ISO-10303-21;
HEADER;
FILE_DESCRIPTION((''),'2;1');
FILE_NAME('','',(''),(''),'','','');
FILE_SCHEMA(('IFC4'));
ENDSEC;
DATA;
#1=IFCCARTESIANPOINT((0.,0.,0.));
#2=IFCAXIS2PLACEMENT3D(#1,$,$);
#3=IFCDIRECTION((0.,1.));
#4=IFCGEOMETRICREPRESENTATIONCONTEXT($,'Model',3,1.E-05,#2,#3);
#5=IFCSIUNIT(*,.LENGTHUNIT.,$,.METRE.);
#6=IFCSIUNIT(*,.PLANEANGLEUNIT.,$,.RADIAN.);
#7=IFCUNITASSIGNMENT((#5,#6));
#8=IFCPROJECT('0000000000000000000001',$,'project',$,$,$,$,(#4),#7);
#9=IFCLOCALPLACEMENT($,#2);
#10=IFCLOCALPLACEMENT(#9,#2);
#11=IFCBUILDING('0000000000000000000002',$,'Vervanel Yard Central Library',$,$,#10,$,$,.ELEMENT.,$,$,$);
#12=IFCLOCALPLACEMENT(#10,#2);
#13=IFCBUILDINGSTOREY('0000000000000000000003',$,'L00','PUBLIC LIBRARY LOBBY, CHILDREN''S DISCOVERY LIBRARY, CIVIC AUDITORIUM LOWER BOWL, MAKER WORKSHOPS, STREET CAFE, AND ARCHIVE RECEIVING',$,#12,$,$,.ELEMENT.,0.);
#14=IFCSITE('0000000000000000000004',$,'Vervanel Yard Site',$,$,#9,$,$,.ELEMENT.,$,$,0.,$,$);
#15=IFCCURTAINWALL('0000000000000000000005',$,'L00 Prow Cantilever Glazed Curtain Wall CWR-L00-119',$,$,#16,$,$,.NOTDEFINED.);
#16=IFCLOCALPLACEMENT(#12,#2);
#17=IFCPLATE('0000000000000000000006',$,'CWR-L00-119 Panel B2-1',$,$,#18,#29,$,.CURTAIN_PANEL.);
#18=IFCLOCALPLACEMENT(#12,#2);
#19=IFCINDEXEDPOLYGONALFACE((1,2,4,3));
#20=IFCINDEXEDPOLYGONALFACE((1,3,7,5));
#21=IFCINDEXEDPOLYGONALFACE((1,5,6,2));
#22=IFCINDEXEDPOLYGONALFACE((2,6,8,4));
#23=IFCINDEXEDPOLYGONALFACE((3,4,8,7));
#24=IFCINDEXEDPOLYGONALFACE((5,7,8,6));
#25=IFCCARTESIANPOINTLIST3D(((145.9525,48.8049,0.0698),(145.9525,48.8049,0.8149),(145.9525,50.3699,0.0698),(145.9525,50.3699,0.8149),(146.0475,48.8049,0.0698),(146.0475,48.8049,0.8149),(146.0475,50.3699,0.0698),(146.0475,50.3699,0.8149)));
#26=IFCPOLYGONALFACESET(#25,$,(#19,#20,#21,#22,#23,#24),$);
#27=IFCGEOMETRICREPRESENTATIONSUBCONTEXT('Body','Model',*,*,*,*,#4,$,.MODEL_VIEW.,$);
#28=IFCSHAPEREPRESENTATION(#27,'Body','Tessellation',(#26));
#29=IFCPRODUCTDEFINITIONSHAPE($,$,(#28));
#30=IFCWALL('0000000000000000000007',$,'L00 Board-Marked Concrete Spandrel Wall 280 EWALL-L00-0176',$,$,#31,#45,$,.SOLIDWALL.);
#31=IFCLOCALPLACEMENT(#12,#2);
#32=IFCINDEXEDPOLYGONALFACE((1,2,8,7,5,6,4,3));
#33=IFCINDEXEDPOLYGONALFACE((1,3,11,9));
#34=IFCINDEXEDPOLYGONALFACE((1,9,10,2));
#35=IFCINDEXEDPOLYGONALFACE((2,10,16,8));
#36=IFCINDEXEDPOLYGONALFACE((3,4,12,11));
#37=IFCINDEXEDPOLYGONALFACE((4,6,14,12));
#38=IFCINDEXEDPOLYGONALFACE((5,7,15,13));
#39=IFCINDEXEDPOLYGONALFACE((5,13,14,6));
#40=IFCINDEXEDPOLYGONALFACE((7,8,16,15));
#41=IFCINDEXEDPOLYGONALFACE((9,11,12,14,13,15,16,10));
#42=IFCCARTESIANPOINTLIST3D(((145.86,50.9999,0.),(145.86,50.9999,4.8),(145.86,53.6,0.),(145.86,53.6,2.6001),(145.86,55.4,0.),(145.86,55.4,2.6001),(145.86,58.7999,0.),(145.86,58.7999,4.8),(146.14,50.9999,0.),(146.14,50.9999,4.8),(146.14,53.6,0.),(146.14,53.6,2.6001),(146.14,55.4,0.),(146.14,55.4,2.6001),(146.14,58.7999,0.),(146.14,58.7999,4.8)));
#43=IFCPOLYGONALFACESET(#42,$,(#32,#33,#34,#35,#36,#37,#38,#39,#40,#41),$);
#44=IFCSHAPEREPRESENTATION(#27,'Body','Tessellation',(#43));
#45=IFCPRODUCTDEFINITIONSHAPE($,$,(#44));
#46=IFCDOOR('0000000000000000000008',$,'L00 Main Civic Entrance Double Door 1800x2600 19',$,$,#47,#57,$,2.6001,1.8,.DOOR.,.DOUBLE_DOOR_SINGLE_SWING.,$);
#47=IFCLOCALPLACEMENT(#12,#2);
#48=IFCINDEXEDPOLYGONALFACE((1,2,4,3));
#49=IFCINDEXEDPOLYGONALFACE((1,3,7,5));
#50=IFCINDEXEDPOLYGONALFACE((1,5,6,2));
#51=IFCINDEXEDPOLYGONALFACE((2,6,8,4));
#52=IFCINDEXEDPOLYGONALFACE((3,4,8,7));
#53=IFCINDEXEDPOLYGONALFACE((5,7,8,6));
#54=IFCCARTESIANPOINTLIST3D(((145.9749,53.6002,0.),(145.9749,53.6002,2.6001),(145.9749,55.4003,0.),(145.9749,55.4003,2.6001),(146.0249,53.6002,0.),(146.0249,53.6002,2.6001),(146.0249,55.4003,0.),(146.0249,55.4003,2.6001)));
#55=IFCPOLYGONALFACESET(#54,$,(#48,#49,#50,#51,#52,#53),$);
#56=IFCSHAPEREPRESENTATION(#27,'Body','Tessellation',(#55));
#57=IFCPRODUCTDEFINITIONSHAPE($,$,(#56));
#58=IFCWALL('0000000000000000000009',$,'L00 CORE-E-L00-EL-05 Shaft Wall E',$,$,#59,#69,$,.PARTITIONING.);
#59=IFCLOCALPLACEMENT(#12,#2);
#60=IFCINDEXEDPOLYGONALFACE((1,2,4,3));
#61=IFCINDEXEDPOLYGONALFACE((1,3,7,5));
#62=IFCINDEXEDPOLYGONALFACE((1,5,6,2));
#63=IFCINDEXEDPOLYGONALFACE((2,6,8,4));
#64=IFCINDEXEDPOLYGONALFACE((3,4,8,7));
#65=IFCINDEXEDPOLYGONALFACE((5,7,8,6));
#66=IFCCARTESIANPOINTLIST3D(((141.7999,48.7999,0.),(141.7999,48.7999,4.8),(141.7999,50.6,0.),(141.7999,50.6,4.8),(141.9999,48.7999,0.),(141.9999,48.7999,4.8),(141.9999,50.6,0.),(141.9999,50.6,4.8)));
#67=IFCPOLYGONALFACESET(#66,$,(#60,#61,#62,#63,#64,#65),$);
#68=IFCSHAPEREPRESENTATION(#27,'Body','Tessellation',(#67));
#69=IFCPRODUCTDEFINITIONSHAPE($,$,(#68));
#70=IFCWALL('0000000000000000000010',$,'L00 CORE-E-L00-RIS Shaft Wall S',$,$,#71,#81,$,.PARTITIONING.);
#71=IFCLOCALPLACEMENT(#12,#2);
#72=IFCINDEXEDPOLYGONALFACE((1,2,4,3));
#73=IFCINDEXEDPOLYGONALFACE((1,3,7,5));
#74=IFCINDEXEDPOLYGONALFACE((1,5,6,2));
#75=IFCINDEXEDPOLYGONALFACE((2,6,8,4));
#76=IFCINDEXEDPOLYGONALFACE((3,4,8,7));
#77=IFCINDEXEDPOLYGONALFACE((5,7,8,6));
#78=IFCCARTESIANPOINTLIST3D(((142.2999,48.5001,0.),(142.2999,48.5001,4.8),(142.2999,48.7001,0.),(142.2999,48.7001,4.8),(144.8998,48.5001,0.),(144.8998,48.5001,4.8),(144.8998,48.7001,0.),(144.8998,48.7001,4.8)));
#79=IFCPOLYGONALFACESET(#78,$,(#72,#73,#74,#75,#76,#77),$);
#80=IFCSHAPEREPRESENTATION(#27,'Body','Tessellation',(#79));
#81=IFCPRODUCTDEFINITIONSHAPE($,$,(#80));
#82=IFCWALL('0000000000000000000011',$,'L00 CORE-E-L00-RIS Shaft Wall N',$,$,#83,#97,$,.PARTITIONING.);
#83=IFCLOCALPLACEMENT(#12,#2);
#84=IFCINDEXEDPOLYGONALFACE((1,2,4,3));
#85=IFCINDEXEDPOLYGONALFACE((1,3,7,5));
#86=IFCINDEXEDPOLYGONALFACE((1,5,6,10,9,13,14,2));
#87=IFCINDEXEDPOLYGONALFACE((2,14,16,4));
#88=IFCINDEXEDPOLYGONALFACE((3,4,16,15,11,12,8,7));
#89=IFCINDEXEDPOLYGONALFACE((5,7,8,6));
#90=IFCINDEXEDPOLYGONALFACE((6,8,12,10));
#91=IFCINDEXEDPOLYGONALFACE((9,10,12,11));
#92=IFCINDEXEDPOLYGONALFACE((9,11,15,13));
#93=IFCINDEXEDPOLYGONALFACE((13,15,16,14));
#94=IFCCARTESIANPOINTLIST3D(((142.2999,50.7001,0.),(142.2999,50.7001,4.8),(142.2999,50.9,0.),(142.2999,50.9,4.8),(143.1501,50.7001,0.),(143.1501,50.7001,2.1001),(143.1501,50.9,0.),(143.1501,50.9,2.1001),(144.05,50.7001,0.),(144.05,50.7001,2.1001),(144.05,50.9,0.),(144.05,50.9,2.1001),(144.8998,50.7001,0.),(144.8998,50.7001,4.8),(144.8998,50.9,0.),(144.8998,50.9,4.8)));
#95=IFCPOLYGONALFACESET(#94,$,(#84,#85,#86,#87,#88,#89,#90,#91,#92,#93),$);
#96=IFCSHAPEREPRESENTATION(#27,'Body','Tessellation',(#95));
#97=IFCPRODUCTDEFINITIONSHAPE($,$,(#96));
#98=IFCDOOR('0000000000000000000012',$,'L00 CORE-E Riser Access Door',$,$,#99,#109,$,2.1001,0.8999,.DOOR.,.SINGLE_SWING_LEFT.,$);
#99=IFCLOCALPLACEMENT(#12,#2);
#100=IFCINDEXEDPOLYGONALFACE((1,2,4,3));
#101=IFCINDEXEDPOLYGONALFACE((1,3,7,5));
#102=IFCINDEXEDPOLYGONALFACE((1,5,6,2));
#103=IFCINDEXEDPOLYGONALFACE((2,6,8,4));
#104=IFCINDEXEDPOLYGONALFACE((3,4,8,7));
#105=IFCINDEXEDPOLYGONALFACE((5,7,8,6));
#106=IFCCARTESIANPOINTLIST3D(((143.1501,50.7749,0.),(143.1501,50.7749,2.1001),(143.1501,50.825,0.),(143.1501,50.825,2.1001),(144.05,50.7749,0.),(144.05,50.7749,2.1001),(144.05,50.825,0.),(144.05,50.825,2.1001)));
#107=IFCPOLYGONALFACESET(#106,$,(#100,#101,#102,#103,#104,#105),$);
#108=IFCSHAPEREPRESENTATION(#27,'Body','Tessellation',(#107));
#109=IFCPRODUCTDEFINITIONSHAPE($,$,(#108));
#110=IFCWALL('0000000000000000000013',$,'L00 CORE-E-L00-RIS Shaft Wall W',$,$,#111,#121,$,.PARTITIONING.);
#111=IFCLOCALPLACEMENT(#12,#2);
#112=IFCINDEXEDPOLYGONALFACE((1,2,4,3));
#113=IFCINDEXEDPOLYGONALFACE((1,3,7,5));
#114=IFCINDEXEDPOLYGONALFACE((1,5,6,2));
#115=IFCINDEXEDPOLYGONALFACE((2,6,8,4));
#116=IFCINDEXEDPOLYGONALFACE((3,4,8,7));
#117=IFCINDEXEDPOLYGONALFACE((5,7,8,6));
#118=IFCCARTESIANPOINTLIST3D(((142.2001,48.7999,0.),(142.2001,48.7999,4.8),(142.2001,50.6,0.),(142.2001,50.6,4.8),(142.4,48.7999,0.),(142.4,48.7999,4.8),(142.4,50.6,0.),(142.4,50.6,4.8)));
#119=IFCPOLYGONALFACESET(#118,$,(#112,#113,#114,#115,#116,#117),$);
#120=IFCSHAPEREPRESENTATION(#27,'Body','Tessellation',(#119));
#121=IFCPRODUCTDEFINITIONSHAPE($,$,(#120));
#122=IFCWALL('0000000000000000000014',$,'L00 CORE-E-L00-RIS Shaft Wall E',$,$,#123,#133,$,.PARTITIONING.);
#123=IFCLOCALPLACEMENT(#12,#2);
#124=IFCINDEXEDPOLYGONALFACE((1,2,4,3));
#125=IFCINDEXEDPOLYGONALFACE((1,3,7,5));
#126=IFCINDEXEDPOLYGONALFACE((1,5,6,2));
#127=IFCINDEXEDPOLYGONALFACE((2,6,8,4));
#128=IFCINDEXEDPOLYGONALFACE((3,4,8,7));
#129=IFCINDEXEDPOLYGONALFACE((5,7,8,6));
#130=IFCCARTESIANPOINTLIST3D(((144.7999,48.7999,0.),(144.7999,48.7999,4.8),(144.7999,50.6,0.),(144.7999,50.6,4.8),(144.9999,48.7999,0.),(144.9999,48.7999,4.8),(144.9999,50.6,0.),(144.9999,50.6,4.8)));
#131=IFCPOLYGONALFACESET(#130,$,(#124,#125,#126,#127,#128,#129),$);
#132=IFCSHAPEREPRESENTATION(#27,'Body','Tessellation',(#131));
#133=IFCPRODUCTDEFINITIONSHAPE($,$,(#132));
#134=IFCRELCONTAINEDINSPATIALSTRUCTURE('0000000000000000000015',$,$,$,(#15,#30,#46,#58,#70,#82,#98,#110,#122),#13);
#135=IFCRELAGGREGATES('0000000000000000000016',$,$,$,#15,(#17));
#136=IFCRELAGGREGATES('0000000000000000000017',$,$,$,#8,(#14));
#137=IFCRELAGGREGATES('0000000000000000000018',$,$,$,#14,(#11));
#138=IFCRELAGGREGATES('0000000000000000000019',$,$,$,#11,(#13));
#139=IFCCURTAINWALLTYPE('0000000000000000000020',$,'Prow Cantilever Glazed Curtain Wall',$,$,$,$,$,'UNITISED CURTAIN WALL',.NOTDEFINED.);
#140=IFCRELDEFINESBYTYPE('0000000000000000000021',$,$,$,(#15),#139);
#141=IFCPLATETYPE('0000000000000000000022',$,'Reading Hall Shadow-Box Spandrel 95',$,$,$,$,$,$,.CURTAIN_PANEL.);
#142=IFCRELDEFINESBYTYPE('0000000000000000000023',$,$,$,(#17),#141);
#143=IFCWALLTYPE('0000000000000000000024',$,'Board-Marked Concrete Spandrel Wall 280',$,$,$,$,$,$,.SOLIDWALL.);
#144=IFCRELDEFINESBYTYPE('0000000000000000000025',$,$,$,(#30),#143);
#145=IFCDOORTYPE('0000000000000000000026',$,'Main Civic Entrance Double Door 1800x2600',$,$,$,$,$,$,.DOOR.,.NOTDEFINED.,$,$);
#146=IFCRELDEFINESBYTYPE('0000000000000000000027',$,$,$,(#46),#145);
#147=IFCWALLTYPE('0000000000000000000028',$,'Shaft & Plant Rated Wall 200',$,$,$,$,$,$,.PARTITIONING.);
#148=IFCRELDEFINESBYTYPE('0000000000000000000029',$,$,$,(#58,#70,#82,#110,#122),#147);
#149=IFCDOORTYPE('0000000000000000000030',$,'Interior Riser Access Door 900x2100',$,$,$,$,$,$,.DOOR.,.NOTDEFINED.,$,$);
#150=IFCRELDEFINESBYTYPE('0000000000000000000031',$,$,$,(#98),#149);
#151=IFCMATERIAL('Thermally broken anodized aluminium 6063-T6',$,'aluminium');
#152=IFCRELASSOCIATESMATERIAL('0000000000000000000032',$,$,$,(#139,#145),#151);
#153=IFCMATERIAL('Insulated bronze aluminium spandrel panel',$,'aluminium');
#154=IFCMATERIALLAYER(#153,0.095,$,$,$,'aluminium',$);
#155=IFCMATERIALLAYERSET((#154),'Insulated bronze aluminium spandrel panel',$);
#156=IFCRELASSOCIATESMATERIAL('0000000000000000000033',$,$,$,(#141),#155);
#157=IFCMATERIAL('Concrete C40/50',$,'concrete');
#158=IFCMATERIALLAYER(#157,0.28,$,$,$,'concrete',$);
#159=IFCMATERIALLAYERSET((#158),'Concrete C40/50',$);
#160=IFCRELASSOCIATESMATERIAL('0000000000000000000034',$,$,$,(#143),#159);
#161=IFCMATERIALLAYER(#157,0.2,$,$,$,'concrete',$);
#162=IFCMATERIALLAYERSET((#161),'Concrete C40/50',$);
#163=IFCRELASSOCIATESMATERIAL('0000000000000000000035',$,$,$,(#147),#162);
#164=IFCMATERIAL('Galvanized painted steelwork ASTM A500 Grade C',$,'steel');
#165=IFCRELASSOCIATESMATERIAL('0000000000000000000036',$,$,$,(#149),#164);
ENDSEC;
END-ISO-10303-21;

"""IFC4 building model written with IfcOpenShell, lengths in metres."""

from ifc_helpers import new_model, si_unit, direction, frame, frame_2d, origin, origin_2d, place, context, subcontext, project, spatial, rectangle, extrude, material, layer, layer_set, type_object, element, fill, aggregate, save


model = new_model("IFC4")

# Units and contexts
model_context = context("Model", 3, precision=1e-05, world=origin(), true_north=direction((0.0, 1.0)))
body_context = subcontext(model_context, "Body", "Model", "MODEL_VIEW")
ifc_project = project(units=[si_unit("LENGTHUNIT", "METRE"), si_unit("PLANEANGLEUNIT", "RADIAN")], contexts=[model_context])

# Site, building, storey
site_placement = place(None, origin())
site = spatial("IfcSite", under=ifc_project, at=site_placement, Name="Vervanel Yard Site", CompositionType="ELEMENT", RefElevation=0.0)
building_placement = place(site_placement, origin())
building = spatial("IfcBuilding", under=site, at=building_placement, Name="Vervanel Yard Central Library", CompositionType="ELEMENT")
storey_placement = place(building_placement, origin())
storey = spatial("IfcBuildingStorey", under=building, at=storey_placement, Name="L00", Description="PUBLIC LIBRARY LOBBY, CHILDREN'S DISCOVERY LIBRARY, CIVIC AUDITORIUM LOWER BOWL, MAKER WORKSHOPS, STREET CAFE, AND ARCHIVE RECEIVING", CompositionType="ELEMENT", Elevation=0.0)

# Shared definitions
ifc_material_1 = material(Name="Concrete C40/50", Category="concrete")

# Curtain wall, plate
ifc_material_2 = material(Name="Thermally broken anodized aluminium 6063-T6", Category="aluminium")
curtain_wall_type = type_object("IfcCurtainWallType", Name="Prow Cantilever Glazed Curtain Wall", ElementType="UNITISED CURTAIN WALL", PredefinedType="NOTDEFINED", material=ifc_material_2)
curtain_wall_placement = place(storey_placement, origin())
curtain_wall = element("IfcCurtainWall", 1, at=curtain_wall_placement, inside=storey, type_object=curtain_wall_type, Name="L00 Prow Cantilever Glazed Curtain Wall CWR-L00-119", PredefinedType="NOTDEFINED")
ifc_material_3 = material(Name="Insulated bronze aluminium spandrel panel", Category="aluminium")
ifc_layer_1 = layer(ifc_material_3, 0.095, Category="aluminium")
ifc_layer_set_1 = layer_set([ifc_layer_1], Name="Insulated bronze aluminium spandrel panel")
plate_type_1 = type_object("IfcPlateType", Name="Reading Hall Shadow-Box Spandrel 95", PredefinedType="CURTAIN_PANEL", material=ifc_layer_set_1)
plate_1_placement = place(storey_placement, frame((146.0, 49.5874, 0.0698), z_axis=(0.0, 0.0, 1.0), x_axis=(0.0, 1.0, 0.0)))
plate_1 = element("IfcPlate", 2, at=plate_1_placement, type_object=plate_type_1, Name="CWR-L00-119 Panel B2-1", PredefinedType="CURTAIN_PANEL", context=body_context, shape_type="SweptSolid", body=[
    extrude(rectangle(XDim=1.5649, YDim=0.095, at=origin_2d()), origin(), (0.0, 0.0, 1.0), 0.7451),
])
aggregate(curtain_wall, [plate_1])

# Wall, opening, door
ifc_layer_2 = layer(ifc_material_1, 0.28, Category="concrete")
ifc_layer_set_2 = layer_set([ifc_layer_2], Name="Concrete C40/50")
wall_type_1 = type_object("IfcWallType", Name="Board-Marked Concrete Spandrel Wall 280", PredefinedType="SOLIDWALL", material=ifc_layer_set_2)
wall_1_placement = place(storey_placement, frame((146.0, 51.0, 0.0), z_axis=(0.0, 0.0, 1.0), x_axis=(0.0, 1.0, 0.0)))
wall_1 = element("IfcWall", 3, at=wall_1_placement, inside=storey, type_object=wall_type_1, Name="L00 Board-Marked Concrete Spandrel Wall 280 EWALL-L00-0176", PredefinedType="SOLIDWALL", context=body_context, shape_type="SweptSolid", body=[
    extrude(rectangle(XDim=7.8, YDim=0.28, at=frame_2d((3.8999, 0.0))), origin(), (0.0, 0.0, 1.0), 4.8),
])
opening_1_placement = place(wall_1_placement, frame((2.6001, 0.0, 0.0)))
opening_1 = element("IfcOpeningElement", 4, at=opening_1_placement, cuts=wall_1, PredefinedType="OPENING", context=body_context, shape_type="SweptSolid", body=[
    extrude(rectangle(XDim=1.8, YDim=2.6001, at=frame_2d((0.8999, 1.3))), frame((0.0, 0.1499, 0.0), z_axis=(0.0, -1.0, 0.0), x_axis=(1.0, 0.0, 0.0)), (0.0, 0.0, 1.0), 0.3),
])
door_type_1 = type_object("IfcDoorType", Name="Main Civic Entrance Double Door 1800x2600", OperationType="NOTDEFINED", PredefinedType="DOOR", material=ifc_material_2)
door_1_placement = place(opening_1_placement, frame((1.8, 0.0, 0.0), z_axis=(0.0, 0.0, 1.0), x_axis=(-1.0, 0.0, 0.0)))
door_1 = element("IfcDoor", 5, at=door_1_placement, inside=storey, type_object=door_type_1, Name="L00 Main Civic Entrance Double Door 1800x2600 19", OperationType="DOUBLE_DOOR_SINGLE_SWING", OverallHeight=2.6001, OverallWidth=1.8, PredefinedType="DOOR", context=body_context, shape_type="SweptSolid", body=[
    extrude(rectangle(XDim=1.8, YDim=2.6001, at=frame_2d((0.8999, 1.3))), frame((0.0, 0.0249, 0.0), z_axis=(0.0, -1.0, 0.0), x_axis=(1.0, 0.0, 0.0)), (0.0, 0.0, 1.0), 0.05),
])
fill(opening_1, door_1)

# Walls
ifc_layer_3 = layer(ifc_material_1, 0.2, Category="concrete")
ifc_layer_set_3 = layer_set([ifc_layer_3], Name="Concrete C40/50")
wall_type_2 = type_object("IfcWallType", Name="Shaft & Plant Rated Wall 200", PredefinedType="PARTITIONING", material=ifc_layer_set_3)
wall_2_placement = place(storey_placement, frame((141.8999, 48.8, 0.0), z_axis=(0.0, 0.0, 1.0), x_axis=(0.0, 1.0, 0.0)))
element("IfcWall", 6, at=wall_2_placement, inside=storey, type_object=wall_type_2, Name="L00 CORE-E-L00-EL-05 Shaft Wall E", PredefinedType="PARTITIONING", context=body_context, shape_type="SweptSolid", body=[
    extrude(rectangle(XDim=1.8, YDim=0.2, at=frame_2d((0.8999, 0.0))), origin(), (0.0, 0.0, 1.0), 4.8),
])
wall_3_placement = place(storey_placement, frame((142.3, 48.6001, 0.0), z_axis=(0.0, 0.0, 1.0), x_axis=(1.0, 0.0, 0.0)))
element("IfcWall", 7, at=wall_3_placement, inside=storey, type_object=wall_type_2, Name="L00 CORE-E-L00-RIS Shaft Wall S", PredefinedType="PARTITIONING", context=body_context, shape_type="SweptSolid", body=[
    extrude(rectangle(XDim=2.5999, YDim=0.2, at=frame_2d((1.2998, 0.0))), origin(), (0.0, 0.0, 1.0), 4.8),
])

# Wall, opening, door
wall_4_placement = place(storey_placement, frame((142.3, 50.8, 0.0), z_axis=(0.0, 0.0, 1.0), x_axis=(1.0, 0.0, 0.0)))
wall_4 = element("IfcWall", 8, at=wall_4_placement, inside=storey, type_object=wall_type_2, Name="L00 CORE-E-L00-RIS Shaft Wall N", PredefinedType="PARTITIONING", context=body_context, shape_type="SweptSolid", body=[
    extrude(rectangle(XDim=2.5999, YDim=0.2, at=frame_2d((1.2998, 0.0))), origin(), (0.0, 0.0, 1.0), 4.8),
])
opening_2_placement = place(wall_4_placement, frame((0.8501, 0.0, 0.0)))
opening_2 = element("IfcOpeningElement", 9, at=opening_2_placement, cuts=wall_4, PredefinedType="OPENING", context=body_context, shape_type="SweptSolid", body=[
    extrude(rectangle(XDim=0.8999, YDim=2.1001, at=frame_2d((0.45, 1.05))), frame((0.0, 0.1099, 0.0), z_axis=(0.0, -1.0, 0.0), x_axis=(1.0, 0.0, 0.0)), (0.0, 0.0, 1.0), 0.22),
])
ifc_material_4 = material(Name="Galvanized painted steelwork ASTM A500 Grade C", Category="steel")
door_type_2 = type_object("IfcDoorType", Name="Interior Riser Access Door 900x2100", OperationType="NOTDEFINED", PredefinedType="DOOR", material=ifc_material_4)
door_2_placement = place(opening_2_placement, origin())
door_2 = element("IfcDoor", 10, at=door_2_placement, inside=storey, type_object=door_type_2, Name="L00 CORE-E Riser Access Door", OperationType="SINGLE_SWING_LEFT", OverallHeight=2.1001, OverallWidth=0.8999, PredefinedType="DOOR", context=body_context, shape_type="SweptSolid", body=[
    extrude(rectangle(XDim=0.8999, YDim=2.1001, at=frame_2d((0.45, 1.05))), frame((0.0, 0.0249, 0.0), z_axis=(0.0, -1.0, 0.0), x_axis=(1.0, 0.0, 0.0)), (0.0, 0.0, 1.0), 0.05),
])
fill(opening_2, door_2)

# Walls
for number, where, z_axis, x_axis, name in (
    (11, (142.3, 48.8, 0.0), (0.0, 0.0, 1.0), (0.0, 1.0, 0.0), "L00 CORE-E-L00-RIS Shaft Wall W"),
    (12, (144.8999, 48.8, 0.0), (0.0, 0.0, 1.0), (0.0, 1.0, 0.0), "L00 CORE-E-L00-RIS Shaft Wall E"),
):
    element("IfcWall", number, at=place(storey_placement, frame(where, z_axis=z_axis, x_axis=x_axis)), inside=storey, type_object=wall_type_2, Name=name, PredefinedType="PARTITIONING", context=body_context, shape_type="SweptSolid", body=[
        extrude(rectangle(XDim=1.8, YDim=0.2, at=frame_2d((0.8999, 0.0))), origin(), (0.0, 0.0, 1.0), 4.8),
    ])

save(model, "model.ifc")
